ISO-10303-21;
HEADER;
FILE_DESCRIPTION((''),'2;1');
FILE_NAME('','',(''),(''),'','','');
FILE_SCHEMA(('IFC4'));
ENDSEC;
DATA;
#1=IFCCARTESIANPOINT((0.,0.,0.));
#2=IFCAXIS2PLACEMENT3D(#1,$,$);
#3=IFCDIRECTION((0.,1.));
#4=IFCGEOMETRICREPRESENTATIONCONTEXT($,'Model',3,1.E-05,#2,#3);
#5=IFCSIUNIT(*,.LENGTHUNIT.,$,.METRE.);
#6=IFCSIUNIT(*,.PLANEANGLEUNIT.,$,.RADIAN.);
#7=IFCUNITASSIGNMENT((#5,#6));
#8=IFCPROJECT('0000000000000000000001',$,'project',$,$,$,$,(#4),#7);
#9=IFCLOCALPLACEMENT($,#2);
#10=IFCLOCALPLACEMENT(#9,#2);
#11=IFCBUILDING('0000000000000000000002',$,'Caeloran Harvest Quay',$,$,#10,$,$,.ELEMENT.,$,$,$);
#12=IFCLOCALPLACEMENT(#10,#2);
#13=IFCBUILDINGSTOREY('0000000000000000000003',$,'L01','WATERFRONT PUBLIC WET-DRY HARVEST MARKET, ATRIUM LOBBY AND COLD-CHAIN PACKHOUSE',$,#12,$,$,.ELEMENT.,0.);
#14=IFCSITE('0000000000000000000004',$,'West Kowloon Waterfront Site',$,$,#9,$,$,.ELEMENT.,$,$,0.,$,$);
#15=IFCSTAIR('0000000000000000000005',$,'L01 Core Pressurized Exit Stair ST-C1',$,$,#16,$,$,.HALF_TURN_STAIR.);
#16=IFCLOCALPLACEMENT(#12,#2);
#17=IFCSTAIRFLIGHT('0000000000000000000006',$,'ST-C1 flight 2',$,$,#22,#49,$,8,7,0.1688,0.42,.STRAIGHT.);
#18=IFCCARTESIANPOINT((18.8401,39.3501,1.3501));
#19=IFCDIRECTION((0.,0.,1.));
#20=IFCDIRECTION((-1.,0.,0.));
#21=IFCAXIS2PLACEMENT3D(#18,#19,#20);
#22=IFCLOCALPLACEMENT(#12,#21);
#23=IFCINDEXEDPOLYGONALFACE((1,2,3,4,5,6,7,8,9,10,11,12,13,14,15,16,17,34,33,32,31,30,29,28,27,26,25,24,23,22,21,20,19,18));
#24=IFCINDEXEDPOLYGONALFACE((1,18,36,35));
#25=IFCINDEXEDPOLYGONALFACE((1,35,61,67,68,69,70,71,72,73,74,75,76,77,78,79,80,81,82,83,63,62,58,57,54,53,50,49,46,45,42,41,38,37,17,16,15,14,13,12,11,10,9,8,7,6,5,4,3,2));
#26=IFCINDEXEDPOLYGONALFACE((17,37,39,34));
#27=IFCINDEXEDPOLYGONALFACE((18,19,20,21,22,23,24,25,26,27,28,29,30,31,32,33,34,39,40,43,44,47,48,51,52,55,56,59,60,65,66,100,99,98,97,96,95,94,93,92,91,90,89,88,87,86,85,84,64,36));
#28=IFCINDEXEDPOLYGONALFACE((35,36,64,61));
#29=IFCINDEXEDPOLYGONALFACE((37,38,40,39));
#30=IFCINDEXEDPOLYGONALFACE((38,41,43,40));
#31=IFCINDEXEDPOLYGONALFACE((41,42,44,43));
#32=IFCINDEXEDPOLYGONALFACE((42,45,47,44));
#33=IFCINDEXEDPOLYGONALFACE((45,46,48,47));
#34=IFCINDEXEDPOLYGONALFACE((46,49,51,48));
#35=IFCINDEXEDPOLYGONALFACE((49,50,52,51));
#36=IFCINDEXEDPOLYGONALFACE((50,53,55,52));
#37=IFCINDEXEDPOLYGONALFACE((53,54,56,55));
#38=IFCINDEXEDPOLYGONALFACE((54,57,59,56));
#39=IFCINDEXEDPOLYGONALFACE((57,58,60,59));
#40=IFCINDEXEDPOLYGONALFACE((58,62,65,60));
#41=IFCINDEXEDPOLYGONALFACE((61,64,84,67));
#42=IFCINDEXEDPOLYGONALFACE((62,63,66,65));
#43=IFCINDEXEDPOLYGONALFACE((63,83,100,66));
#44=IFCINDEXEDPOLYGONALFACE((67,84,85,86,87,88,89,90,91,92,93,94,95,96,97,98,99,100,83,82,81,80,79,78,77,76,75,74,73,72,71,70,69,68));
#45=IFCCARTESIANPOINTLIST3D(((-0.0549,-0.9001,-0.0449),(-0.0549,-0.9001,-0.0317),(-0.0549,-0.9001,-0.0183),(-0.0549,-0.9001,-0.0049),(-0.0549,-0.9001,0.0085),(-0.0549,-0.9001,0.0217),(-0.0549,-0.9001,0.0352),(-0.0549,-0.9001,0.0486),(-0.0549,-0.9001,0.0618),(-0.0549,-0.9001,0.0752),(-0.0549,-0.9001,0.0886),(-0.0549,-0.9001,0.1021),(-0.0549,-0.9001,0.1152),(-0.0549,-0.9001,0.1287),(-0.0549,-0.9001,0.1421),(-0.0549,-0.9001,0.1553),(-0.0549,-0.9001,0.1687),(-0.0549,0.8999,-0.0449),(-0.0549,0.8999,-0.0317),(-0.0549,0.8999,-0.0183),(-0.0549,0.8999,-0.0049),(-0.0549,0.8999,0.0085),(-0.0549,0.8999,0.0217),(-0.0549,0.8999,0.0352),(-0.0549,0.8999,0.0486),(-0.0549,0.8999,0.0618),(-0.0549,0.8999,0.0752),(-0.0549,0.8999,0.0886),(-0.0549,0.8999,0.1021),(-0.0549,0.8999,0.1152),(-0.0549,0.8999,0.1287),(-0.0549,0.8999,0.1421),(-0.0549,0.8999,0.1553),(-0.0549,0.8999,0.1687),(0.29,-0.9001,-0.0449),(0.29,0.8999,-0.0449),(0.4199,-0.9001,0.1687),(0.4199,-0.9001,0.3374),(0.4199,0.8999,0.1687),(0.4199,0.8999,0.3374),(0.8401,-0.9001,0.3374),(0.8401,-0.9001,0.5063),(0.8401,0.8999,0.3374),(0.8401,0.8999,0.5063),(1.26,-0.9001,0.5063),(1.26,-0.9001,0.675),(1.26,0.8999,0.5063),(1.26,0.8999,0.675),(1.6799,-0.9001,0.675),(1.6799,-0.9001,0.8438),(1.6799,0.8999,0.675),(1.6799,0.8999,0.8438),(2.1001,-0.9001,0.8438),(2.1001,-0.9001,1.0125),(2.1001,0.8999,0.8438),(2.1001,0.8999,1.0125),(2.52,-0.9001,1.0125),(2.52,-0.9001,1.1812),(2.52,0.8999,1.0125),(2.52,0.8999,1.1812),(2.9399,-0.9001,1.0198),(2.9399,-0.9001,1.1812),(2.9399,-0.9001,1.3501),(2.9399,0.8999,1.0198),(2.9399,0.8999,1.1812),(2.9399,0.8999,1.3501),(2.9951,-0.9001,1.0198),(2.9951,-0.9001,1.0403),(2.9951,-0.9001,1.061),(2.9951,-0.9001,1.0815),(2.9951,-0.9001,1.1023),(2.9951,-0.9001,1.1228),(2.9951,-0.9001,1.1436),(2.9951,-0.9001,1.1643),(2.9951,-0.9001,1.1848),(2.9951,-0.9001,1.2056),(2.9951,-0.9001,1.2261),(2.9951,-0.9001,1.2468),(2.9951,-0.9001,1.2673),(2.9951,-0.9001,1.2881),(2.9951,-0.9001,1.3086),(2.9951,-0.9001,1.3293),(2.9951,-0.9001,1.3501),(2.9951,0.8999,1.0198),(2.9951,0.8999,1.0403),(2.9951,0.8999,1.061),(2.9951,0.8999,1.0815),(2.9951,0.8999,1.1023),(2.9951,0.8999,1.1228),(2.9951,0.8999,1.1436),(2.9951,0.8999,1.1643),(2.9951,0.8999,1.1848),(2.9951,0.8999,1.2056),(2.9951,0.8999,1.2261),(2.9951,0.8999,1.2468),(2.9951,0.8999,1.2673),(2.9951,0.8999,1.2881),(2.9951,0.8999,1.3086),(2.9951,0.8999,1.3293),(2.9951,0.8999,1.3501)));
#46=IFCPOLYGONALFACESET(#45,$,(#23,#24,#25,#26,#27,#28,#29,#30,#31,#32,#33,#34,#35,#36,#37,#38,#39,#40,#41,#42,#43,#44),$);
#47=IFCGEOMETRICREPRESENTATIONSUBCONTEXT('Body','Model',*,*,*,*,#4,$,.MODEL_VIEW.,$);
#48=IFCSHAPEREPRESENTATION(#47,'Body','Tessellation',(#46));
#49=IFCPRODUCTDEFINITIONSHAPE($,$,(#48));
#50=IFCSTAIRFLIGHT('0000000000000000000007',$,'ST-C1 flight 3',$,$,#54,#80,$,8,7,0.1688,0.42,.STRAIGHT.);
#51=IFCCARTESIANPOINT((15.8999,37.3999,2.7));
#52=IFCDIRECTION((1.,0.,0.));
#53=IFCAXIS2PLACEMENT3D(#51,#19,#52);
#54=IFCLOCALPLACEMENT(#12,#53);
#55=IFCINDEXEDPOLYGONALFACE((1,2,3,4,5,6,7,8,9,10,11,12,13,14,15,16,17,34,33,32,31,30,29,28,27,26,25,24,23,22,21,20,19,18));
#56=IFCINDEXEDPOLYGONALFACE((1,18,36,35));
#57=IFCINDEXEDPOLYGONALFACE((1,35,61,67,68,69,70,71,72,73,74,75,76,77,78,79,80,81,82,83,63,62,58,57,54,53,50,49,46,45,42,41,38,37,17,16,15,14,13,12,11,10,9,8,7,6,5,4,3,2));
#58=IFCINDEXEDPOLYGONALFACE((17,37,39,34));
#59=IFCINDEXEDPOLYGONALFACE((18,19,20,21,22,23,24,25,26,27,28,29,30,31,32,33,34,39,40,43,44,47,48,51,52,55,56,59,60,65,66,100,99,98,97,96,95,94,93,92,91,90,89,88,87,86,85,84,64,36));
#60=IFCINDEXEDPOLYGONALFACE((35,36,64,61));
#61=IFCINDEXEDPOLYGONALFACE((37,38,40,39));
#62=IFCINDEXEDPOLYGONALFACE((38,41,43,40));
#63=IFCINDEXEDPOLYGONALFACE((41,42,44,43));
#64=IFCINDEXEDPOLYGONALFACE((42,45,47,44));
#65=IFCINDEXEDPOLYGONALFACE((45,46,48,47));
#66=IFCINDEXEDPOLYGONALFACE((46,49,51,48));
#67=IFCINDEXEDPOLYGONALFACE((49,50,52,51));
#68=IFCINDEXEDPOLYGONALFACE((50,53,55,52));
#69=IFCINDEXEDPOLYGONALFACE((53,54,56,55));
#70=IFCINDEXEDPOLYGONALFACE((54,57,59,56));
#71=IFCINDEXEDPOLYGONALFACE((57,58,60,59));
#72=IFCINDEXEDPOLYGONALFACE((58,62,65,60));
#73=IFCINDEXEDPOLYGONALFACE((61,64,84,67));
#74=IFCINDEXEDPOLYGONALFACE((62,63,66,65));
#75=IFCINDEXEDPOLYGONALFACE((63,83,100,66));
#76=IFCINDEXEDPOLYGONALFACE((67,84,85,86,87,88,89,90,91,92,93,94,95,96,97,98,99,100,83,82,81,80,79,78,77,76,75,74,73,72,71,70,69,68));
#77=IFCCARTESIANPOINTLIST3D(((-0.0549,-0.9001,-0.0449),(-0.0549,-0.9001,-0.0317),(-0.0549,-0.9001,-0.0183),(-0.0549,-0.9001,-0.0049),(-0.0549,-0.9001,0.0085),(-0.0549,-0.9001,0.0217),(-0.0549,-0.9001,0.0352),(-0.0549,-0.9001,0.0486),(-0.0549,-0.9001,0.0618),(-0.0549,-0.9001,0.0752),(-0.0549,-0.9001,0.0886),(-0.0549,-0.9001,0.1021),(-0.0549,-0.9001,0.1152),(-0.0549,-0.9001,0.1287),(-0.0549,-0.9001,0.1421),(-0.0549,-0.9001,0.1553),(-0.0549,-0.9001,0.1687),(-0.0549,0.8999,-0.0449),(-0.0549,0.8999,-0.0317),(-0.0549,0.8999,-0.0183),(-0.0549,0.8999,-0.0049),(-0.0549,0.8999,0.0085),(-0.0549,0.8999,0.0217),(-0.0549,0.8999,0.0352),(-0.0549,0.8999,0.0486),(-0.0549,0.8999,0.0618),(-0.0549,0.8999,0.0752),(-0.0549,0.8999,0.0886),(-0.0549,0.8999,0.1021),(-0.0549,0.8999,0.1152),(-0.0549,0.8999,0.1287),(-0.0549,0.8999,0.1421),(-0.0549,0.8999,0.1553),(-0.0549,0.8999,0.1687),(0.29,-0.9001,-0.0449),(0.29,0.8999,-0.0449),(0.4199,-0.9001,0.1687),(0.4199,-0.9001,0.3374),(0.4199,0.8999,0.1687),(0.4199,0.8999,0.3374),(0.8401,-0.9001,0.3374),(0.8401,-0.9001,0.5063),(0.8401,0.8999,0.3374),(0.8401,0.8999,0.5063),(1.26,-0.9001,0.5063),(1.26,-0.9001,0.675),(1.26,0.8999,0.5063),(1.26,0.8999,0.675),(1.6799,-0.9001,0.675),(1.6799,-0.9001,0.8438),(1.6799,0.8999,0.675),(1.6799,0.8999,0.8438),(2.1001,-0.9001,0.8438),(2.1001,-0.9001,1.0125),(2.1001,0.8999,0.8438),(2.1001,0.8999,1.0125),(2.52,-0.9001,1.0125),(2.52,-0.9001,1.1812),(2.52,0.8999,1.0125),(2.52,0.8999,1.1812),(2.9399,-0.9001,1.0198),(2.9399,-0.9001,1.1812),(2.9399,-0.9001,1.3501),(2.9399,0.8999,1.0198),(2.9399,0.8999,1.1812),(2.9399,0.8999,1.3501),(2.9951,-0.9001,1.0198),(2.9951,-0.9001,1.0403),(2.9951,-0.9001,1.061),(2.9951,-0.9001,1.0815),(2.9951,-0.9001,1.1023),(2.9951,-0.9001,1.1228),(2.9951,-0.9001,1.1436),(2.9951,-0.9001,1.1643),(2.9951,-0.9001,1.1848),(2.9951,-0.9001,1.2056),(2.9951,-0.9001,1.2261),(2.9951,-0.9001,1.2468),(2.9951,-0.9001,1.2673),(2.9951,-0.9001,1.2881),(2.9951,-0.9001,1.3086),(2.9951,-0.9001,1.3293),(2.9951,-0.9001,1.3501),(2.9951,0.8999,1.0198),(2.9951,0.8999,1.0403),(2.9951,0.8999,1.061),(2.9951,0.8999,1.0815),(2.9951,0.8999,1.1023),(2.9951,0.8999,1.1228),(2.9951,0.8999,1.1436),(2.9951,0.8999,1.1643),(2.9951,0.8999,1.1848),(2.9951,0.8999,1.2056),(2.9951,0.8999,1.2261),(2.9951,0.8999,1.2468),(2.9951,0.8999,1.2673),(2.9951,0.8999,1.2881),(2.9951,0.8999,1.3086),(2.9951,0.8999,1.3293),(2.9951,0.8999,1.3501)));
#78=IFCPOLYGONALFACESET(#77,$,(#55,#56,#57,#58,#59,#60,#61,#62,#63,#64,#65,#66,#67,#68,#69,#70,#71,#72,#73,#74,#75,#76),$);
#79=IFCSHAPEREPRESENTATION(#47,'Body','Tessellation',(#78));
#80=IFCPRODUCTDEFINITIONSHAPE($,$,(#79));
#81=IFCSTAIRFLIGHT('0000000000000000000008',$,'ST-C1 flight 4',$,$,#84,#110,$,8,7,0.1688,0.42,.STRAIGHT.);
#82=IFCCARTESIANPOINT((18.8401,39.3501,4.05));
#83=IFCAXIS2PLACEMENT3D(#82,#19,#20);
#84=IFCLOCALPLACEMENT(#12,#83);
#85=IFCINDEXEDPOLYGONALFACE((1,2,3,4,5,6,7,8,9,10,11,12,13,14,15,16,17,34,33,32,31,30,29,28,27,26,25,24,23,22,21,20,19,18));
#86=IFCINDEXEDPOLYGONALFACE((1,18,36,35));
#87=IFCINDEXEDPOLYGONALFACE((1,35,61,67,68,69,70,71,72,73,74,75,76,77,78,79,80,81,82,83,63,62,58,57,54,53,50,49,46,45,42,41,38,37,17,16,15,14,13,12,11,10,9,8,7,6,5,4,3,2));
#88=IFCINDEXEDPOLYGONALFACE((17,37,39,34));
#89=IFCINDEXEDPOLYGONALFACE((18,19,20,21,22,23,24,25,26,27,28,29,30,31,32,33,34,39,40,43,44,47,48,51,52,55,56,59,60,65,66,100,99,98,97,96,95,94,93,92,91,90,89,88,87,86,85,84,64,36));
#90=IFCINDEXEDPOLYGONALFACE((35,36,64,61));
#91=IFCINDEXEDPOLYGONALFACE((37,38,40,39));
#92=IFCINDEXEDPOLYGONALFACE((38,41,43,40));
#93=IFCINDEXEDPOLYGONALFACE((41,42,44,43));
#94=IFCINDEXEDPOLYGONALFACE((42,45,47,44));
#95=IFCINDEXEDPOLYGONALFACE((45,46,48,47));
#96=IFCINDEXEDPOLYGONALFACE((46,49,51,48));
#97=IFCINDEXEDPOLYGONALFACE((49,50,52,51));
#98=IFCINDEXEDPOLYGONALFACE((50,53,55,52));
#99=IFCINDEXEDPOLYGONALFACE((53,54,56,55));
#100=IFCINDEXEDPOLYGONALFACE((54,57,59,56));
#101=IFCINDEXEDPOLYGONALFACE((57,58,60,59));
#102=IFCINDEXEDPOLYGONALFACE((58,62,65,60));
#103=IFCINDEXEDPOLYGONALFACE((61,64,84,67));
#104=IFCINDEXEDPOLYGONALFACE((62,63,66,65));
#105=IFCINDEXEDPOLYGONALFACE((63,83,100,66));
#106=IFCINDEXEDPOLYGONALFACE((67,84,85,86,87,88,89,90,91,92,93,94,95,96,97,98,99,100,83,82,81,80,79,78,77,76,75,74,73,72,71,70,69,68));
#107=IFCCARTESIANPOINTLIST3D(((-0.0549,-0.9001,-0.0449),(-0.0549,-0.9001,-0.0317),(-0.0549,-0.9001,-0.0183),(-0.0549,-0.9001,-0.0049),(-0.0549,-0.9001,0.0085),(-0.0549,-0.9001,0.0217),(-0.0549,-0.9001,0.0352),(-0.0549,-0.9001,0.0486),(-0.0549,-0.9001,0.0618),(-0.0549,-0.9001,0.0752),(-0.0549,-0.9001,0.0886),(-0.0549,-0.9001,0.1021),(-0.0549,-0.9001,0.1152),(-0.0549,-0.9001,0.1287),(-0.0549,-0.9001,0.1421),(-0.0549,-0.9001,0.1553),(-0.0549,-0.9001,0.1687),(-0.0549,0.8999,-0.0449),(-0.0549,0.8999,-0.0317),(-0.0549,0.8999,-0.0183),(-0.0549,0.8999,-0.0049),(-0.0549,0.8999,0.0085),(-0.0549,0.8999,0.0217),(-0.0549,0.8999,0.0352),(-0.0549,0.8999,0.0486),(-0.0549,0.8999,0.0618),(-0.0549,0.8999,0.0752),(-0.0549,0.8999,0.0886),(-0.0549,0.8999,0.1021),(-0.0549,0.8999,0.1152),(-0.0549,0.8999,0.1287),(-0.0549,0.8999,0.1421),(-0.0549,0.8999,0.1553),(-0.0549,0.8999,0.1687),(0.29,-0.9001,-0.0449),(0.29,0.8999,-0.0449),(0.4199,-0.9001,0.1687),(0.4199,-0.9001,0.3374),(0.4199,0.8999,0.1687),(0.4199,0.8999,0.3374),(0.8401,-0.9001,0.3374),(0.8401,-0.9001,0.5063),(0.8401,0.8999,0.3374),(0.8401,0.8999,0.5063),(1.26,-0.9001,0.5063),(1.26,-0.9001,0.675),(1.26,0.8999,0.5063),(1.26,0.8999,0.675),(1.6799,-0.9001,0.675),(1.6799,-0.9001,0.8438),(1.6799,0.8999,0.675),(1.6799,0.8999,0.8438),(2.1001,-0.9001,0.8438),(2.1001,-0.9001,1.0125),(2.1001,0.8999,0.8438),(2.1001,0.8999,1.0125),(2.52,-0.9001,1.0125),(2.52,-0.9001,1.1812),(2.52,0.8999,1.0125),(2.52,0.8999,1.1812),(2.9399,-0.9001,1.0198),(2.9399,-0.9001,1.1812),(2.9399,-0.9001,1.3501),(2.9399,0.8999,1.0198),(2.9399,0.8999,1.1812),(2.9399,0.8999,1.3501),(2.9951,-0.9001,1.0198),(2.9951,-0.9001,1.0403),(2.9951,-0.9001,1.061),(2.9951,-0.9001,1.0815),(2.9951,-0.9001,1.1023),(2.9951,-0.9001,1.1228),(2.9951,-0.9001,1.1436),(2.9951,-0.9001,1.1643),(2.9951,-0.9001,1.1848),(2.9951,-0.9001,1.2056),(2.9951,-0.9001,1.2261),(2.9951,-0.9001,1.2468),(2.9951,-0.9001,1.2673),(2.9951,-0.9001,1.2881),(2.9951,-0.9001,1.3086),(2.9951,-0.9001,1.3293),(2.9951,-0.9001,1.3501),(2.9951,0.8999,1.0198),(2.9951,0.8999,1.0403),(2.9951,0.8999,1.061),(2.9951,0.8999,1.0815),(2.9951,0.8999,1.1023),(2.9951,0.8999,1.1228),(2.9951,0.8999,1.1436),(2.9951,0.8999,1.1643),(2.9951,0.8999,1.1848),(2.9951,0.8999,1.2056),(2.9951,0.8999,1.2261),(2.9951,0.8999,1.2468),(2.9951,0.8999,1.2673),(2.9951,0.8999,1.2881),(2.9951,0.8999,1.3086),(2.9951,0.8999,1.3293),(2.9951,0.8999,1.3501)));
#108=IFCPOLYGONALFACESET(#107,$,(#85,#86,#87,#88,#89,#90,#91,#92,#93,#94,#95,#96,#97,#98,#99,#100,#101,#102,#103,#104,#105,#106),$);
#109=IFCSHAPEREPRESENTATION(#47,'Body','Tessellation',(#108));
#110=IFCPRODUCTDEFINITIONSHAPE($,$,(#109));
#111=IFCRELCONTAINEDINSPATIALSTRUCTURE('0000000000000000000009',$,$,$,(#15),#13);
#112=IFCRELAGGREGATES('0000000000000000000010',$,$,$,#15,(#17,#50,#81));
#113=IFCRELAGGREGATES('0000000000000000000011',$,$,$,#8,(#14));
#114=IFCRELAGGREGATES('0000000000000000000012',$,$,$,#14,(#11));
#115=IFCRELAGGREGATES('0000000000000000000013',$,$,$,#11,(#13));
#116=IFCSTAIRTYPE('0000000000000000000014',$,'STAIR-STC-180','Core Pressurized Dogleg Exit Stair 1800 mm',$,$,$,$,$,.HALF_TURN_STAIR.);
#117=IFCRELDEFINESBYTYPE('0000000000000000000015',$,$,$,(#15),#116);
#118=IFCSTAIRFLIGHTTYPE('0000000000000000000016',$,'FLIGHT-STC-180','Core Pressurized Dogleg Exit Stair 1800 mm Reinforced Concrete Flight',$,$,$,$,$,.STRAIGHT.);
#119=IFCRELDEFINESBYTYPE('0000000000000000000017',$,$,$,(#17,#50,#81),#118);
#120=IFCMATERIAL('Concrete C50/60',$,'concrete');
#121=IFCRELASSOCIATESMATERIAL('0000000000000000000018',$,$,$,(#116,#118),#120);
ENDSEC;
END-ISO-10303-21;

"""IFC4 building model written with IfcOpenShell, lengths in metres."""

from ifc_helpers import new_model, si_unit, direction, frame, origin, place, context, subcontext, project, spatial, polyline, outline, extrude, material, type_object, element, aggregate, save


model = new_model("IFC4")

# Units and contexts
model_context = context("Model", 3, precision=1e-05, world=origin(), true_north=direction((0.0, 1.0)))
body_context = subcontext(model_context, "Body", "Model", "MODEL_VIEW")
ifc_project = project(units=[si_unit("LENGTHUNIT", "METRE"), si_unit("PLANEANGLEUNIT", "RADIAN")], contexts=[model_context])

# Site, building, storey
site_placement = place(None, origin())
site = spatial("IfcSite", under=ifc_project, at=site_placement, Name="West Kowloon Waterfront Site", CompositionType="ELEMENT", RefElevation=0.0)
building_placement = place(site_placement, origin())
building = spatial("IfcBuilding", under=site, at=building_placement, Name="Caeloran Harvest Quay", CompositionType="ELEMENT")
storey_placement = place(building_placement, origin())
storey = spatial("IfcBuildingStorey", under=building, at=storey_placement, Name="L01", Description="WATERFRONT PUBLIC WET-DRY HARVEST MARKET, ATRIUM LOBBY AND COLD-CHAIN PACKHOUSE", CompositionType="ELEMENT", Elevation=0.0)

# Stair, stair flights
ifc_material_1 = material(Name="Concrete C50/60", Category="concrete")
stair_type = type_object("IfcStairType", Name="STAIR-STC-180", Description="Core Pressurized Dogleg Exit Stair 1800 mm", PredefinedType="HALF_TURN_STAIR", material=ifc_material_1)
stair_1_placement = place(storey_placement, origin())
stair_1 = element("IfcStair", 1, at=stair_1_placement, inside=storey, type_object=stair_type, Name="L01 Core Pressurized Exit Stair ST-C1", PredefinedType="HALF_TURN_STAIR")
stair_flight_type = type_object("IfcStairFlightType", Name="FLIGHT-STC-180", Description="Core Pressurized Dogleg Exit Stair 1800 mm Reinforced Concrete Flight", PredefinedType="STRAIGHT", material=ifc_material_1)
stair_flight_1_placement = place(storey_placement, frame((18.8401, 39.3501, 1.3501), z_axis=(0.0, 0.0, 1.0), x_axis=(-1.0, 0.0, 0.0)))
stair_flight_1 = element("IfcStairFlight", 2, at=stair_flight_1_placement, type_object=stair_flight_type, Name="ST-C1 flight 2", NumberOfRisers=8, NumberOfTreads=7, PredefinedType="STRAIGHT", RiserHeight=0.1688, TreadLength=0.42, context=body_context, shape_type="SweptSolid", body=[
    extrude(outline(polyline([(-0.0549, -0.0449), (-0.0549, -0.0317), (-0.0549, -0.0183), (-0.0549, -0.0049), (-0.0549, 0.0085), (-0.0549, 0.0217), (-0.0549, 0.0352), (-0.0549, 0.0486), (-0.0549, 0.0618), (-0.0549, 0.0752), (-0.0549, 0.0886), (-0.0549, 0.1021), (-0.0549, 0.1152), (-0.0549, 0.1287), (-0.0549, 0.1421), (-0.0549, 0.1553), (-0.0549, 0.1687), (0.4199, 0.1687), (0.4199, 0.3374), (0.8401, 0.3374), (0.8401, 0.5063), (1.26, 0.5063), (1.26, 0.675), (1.6799, 0.675), (1.6799, 0.8438), (2.1001, 0.8438), (2.1001, 1.0125), (2.52, 1.0125), (2.52, 1.1812), (2.9399, 1.1812), (2.9399, 1.3501), (2.9951, 1.3501), (2.9951, 1.3293), (2.9951, 1.3086), (2.9951, 1.2881), (2.9951, 1.2673), (2.9951, 1.2468), (2.9951, 1.2261), (2.9951, 1.2056), (2.9951, 1.1848), (2.9951, 1.1643), (2.9951, 1.1436), (2.9951, 1.1228), (2.9951, 1.1023), (2.9951, 1.0815), (2.9951, 1.061), (2.9951, 1.0403), (2.9951, 1.0198), (2.9399, 1.0198), (0.29, -0.0449), (-0.0549, -0.0449)])), frame((0.0, 0.8999, 0.0), z_axis=(0.0, -1.0, 0.0), x_axis=(1.0, 0.0, 0.0)), (0.0, 0.0, 1.0), 1.8),
])
stair_flight_2_placement = place(storey_placement, frame((15.8999, 37.3999, 2.7), z_axis=(0.0, 0.0, 1.0), x_axis=(1.0, 0.0, 0.0)))
stair_flight_2 = element("IfcStairFlight", 3, at=stair_flight_2_placement, type_object=stair_flight_type, Name="ST-C1 flight 3", NumberOfRisers=8, NumberOfTreads=7, PredefinedType="STRAIGHT", RiserHeight=0.1688, TreadLength=0.42, context=body_context, shape_type="SweptSolid", body=[
    extrude(outline(polyline([(-0.0549, -0.0449), (-0.0549, -0.0317), (-0.0549, -0.0183), (-0.0549, -0.0049), (-0.0549, 0.0085), (-0.0549, 0.0217), (-0.0549, 0.0352), (-0.0549, 0.0486), (-0.0549, 0.0618), (-0.0549, 0.0752), (-0.0549, 0.0886), (-0.0549, 0.1021), (-0.0549, 0.1152), (-0.0549, 0.1287), (-0.0549, 0.1421), (-0.0549, 0.1553), (-0.0549, 0.1687), (0.4199, 0.1687), (0.4199, 0.3374), (0.8401, 0.3374), (0.8401, 0.5063), (1.26, 0.5063), (1.26, 0.675), (1.6799, 0.675), (1.6799, 0.8438), (2.1001, 0.8438), (2.1001, 1.0125), (2.52, 1.0125), (2.52, 1.1812), (2.9399, 1.1812), (2.9399, 1.3501), (2.9951, 1.3501), (2.9951, 1.3293), (2.9951, 1.3086), (2.9951, 1.2881), (2.9951, 1.2673), (2.9951, 1.2468), (2.9951, 1.2261), (2.9951, 1.2056), (2.9951, 1.1848), (2.9951, 1.1643), (2.9951, 1.1436), (2.9951, 1.1228), (2.9951, 1.1023), (2.9951, 1.0815), (2.9951, 1.061), (2.9951, 1.0403), (2.9951, 1.0198), (2.9399, 1.0198), (0.29, -0.0449), (-0.0549, -0.0449)])), frame((0.0, 0.8999, 0.0), z_axis=(0.0, -1.0, 0.0), x_axis=(1.0, 0.0, 0.0)), (0.0, 0.0, 1.0), 1.8),
])
stair_flight_3_placement = place(storey_placement, frame((18.8401, 39.3501, 4.05), z_axis=(0.0, 0.0, 1.0), x_axis=(-1.0, 0.0, 0.0)))
stair_flight_3 = element("IfcStairFlight", 4, at=stair_flight_3_placement, type_object=stair_flight_type, Name="ST-C1 flight 4", NumberOfRisers=8, NumberOfTreads=7, PredefinedType="STRAIGHT", RiserHeight=0.1688, TreadLength=0.42, context=body_context, shape_type="SweptSolid", body=[
    extrude(outline(polyline([(-0.0549, -0.0449), (-0.0549, -0.0317), (-0.0549, -0.0183), (-0.0549, -0.0049), (-0.0549, 0.0085), (-0.0549, 0.0217), (-0.0549, 0.0352), (-0.0549, 0.0486), (-0.0549, 0.0618), (-0.0549, 0.0752), (-0.0549, 0.0886), (-0.0549, 0.1021), (-0.0549, 0.1152), (-0.0549, 0.1287), (-0.0549, 0.1421), (-0.0549, 0.1553), (-0.0549, 0.1687), (0.4199, 0.1687), (0.4199, 0.3374), (0.8401, 0.3374), (0.8401, 0.5063), (1.26, 0.5063), (1.26, 0.675), (1.6799, 0.675), (1.6799, 0.8438), (2.1001, 0.8438), (2.1001, 1.0125), (2.52, 1.0125), (2.52, 1.1812), (2.9399, 1.1812), (2.9399, 1.3501), (2.9951, 1.3501), (2.9951, 1.3293), (2.9951, 1.3086), (2.9951, 1.2881), (2.9951, 1.2673), (2.9951, 1.2468), (2.9951, 1.2261), (2.9951, 1.2056), (2.9951, 1.1848), (2.9951, 1.1643), (2.9951, 1.1436), (2.9951, 1.1228), (2.9951, 1.1023), (2.9951, 1.0815), (2.9951, 1.061), (2.9951, 1.0403), (2.9951, 1.0198), (2.9399, 1.0198), (0.29, -0.0449), (-0.0549, -0.0449)])), frame((0.0, 0.8999, 0.0), z_axis=(0.0, -1.0, 0.0), x_axis=(1.0, 0.0, 0.0)), (0.0, 0.0, 1.0), 1.8),
])
aggregate(stair_1, [stair_flight_1, stair_flight_2, stair_flight_3])

save(model, "model.ifc")
